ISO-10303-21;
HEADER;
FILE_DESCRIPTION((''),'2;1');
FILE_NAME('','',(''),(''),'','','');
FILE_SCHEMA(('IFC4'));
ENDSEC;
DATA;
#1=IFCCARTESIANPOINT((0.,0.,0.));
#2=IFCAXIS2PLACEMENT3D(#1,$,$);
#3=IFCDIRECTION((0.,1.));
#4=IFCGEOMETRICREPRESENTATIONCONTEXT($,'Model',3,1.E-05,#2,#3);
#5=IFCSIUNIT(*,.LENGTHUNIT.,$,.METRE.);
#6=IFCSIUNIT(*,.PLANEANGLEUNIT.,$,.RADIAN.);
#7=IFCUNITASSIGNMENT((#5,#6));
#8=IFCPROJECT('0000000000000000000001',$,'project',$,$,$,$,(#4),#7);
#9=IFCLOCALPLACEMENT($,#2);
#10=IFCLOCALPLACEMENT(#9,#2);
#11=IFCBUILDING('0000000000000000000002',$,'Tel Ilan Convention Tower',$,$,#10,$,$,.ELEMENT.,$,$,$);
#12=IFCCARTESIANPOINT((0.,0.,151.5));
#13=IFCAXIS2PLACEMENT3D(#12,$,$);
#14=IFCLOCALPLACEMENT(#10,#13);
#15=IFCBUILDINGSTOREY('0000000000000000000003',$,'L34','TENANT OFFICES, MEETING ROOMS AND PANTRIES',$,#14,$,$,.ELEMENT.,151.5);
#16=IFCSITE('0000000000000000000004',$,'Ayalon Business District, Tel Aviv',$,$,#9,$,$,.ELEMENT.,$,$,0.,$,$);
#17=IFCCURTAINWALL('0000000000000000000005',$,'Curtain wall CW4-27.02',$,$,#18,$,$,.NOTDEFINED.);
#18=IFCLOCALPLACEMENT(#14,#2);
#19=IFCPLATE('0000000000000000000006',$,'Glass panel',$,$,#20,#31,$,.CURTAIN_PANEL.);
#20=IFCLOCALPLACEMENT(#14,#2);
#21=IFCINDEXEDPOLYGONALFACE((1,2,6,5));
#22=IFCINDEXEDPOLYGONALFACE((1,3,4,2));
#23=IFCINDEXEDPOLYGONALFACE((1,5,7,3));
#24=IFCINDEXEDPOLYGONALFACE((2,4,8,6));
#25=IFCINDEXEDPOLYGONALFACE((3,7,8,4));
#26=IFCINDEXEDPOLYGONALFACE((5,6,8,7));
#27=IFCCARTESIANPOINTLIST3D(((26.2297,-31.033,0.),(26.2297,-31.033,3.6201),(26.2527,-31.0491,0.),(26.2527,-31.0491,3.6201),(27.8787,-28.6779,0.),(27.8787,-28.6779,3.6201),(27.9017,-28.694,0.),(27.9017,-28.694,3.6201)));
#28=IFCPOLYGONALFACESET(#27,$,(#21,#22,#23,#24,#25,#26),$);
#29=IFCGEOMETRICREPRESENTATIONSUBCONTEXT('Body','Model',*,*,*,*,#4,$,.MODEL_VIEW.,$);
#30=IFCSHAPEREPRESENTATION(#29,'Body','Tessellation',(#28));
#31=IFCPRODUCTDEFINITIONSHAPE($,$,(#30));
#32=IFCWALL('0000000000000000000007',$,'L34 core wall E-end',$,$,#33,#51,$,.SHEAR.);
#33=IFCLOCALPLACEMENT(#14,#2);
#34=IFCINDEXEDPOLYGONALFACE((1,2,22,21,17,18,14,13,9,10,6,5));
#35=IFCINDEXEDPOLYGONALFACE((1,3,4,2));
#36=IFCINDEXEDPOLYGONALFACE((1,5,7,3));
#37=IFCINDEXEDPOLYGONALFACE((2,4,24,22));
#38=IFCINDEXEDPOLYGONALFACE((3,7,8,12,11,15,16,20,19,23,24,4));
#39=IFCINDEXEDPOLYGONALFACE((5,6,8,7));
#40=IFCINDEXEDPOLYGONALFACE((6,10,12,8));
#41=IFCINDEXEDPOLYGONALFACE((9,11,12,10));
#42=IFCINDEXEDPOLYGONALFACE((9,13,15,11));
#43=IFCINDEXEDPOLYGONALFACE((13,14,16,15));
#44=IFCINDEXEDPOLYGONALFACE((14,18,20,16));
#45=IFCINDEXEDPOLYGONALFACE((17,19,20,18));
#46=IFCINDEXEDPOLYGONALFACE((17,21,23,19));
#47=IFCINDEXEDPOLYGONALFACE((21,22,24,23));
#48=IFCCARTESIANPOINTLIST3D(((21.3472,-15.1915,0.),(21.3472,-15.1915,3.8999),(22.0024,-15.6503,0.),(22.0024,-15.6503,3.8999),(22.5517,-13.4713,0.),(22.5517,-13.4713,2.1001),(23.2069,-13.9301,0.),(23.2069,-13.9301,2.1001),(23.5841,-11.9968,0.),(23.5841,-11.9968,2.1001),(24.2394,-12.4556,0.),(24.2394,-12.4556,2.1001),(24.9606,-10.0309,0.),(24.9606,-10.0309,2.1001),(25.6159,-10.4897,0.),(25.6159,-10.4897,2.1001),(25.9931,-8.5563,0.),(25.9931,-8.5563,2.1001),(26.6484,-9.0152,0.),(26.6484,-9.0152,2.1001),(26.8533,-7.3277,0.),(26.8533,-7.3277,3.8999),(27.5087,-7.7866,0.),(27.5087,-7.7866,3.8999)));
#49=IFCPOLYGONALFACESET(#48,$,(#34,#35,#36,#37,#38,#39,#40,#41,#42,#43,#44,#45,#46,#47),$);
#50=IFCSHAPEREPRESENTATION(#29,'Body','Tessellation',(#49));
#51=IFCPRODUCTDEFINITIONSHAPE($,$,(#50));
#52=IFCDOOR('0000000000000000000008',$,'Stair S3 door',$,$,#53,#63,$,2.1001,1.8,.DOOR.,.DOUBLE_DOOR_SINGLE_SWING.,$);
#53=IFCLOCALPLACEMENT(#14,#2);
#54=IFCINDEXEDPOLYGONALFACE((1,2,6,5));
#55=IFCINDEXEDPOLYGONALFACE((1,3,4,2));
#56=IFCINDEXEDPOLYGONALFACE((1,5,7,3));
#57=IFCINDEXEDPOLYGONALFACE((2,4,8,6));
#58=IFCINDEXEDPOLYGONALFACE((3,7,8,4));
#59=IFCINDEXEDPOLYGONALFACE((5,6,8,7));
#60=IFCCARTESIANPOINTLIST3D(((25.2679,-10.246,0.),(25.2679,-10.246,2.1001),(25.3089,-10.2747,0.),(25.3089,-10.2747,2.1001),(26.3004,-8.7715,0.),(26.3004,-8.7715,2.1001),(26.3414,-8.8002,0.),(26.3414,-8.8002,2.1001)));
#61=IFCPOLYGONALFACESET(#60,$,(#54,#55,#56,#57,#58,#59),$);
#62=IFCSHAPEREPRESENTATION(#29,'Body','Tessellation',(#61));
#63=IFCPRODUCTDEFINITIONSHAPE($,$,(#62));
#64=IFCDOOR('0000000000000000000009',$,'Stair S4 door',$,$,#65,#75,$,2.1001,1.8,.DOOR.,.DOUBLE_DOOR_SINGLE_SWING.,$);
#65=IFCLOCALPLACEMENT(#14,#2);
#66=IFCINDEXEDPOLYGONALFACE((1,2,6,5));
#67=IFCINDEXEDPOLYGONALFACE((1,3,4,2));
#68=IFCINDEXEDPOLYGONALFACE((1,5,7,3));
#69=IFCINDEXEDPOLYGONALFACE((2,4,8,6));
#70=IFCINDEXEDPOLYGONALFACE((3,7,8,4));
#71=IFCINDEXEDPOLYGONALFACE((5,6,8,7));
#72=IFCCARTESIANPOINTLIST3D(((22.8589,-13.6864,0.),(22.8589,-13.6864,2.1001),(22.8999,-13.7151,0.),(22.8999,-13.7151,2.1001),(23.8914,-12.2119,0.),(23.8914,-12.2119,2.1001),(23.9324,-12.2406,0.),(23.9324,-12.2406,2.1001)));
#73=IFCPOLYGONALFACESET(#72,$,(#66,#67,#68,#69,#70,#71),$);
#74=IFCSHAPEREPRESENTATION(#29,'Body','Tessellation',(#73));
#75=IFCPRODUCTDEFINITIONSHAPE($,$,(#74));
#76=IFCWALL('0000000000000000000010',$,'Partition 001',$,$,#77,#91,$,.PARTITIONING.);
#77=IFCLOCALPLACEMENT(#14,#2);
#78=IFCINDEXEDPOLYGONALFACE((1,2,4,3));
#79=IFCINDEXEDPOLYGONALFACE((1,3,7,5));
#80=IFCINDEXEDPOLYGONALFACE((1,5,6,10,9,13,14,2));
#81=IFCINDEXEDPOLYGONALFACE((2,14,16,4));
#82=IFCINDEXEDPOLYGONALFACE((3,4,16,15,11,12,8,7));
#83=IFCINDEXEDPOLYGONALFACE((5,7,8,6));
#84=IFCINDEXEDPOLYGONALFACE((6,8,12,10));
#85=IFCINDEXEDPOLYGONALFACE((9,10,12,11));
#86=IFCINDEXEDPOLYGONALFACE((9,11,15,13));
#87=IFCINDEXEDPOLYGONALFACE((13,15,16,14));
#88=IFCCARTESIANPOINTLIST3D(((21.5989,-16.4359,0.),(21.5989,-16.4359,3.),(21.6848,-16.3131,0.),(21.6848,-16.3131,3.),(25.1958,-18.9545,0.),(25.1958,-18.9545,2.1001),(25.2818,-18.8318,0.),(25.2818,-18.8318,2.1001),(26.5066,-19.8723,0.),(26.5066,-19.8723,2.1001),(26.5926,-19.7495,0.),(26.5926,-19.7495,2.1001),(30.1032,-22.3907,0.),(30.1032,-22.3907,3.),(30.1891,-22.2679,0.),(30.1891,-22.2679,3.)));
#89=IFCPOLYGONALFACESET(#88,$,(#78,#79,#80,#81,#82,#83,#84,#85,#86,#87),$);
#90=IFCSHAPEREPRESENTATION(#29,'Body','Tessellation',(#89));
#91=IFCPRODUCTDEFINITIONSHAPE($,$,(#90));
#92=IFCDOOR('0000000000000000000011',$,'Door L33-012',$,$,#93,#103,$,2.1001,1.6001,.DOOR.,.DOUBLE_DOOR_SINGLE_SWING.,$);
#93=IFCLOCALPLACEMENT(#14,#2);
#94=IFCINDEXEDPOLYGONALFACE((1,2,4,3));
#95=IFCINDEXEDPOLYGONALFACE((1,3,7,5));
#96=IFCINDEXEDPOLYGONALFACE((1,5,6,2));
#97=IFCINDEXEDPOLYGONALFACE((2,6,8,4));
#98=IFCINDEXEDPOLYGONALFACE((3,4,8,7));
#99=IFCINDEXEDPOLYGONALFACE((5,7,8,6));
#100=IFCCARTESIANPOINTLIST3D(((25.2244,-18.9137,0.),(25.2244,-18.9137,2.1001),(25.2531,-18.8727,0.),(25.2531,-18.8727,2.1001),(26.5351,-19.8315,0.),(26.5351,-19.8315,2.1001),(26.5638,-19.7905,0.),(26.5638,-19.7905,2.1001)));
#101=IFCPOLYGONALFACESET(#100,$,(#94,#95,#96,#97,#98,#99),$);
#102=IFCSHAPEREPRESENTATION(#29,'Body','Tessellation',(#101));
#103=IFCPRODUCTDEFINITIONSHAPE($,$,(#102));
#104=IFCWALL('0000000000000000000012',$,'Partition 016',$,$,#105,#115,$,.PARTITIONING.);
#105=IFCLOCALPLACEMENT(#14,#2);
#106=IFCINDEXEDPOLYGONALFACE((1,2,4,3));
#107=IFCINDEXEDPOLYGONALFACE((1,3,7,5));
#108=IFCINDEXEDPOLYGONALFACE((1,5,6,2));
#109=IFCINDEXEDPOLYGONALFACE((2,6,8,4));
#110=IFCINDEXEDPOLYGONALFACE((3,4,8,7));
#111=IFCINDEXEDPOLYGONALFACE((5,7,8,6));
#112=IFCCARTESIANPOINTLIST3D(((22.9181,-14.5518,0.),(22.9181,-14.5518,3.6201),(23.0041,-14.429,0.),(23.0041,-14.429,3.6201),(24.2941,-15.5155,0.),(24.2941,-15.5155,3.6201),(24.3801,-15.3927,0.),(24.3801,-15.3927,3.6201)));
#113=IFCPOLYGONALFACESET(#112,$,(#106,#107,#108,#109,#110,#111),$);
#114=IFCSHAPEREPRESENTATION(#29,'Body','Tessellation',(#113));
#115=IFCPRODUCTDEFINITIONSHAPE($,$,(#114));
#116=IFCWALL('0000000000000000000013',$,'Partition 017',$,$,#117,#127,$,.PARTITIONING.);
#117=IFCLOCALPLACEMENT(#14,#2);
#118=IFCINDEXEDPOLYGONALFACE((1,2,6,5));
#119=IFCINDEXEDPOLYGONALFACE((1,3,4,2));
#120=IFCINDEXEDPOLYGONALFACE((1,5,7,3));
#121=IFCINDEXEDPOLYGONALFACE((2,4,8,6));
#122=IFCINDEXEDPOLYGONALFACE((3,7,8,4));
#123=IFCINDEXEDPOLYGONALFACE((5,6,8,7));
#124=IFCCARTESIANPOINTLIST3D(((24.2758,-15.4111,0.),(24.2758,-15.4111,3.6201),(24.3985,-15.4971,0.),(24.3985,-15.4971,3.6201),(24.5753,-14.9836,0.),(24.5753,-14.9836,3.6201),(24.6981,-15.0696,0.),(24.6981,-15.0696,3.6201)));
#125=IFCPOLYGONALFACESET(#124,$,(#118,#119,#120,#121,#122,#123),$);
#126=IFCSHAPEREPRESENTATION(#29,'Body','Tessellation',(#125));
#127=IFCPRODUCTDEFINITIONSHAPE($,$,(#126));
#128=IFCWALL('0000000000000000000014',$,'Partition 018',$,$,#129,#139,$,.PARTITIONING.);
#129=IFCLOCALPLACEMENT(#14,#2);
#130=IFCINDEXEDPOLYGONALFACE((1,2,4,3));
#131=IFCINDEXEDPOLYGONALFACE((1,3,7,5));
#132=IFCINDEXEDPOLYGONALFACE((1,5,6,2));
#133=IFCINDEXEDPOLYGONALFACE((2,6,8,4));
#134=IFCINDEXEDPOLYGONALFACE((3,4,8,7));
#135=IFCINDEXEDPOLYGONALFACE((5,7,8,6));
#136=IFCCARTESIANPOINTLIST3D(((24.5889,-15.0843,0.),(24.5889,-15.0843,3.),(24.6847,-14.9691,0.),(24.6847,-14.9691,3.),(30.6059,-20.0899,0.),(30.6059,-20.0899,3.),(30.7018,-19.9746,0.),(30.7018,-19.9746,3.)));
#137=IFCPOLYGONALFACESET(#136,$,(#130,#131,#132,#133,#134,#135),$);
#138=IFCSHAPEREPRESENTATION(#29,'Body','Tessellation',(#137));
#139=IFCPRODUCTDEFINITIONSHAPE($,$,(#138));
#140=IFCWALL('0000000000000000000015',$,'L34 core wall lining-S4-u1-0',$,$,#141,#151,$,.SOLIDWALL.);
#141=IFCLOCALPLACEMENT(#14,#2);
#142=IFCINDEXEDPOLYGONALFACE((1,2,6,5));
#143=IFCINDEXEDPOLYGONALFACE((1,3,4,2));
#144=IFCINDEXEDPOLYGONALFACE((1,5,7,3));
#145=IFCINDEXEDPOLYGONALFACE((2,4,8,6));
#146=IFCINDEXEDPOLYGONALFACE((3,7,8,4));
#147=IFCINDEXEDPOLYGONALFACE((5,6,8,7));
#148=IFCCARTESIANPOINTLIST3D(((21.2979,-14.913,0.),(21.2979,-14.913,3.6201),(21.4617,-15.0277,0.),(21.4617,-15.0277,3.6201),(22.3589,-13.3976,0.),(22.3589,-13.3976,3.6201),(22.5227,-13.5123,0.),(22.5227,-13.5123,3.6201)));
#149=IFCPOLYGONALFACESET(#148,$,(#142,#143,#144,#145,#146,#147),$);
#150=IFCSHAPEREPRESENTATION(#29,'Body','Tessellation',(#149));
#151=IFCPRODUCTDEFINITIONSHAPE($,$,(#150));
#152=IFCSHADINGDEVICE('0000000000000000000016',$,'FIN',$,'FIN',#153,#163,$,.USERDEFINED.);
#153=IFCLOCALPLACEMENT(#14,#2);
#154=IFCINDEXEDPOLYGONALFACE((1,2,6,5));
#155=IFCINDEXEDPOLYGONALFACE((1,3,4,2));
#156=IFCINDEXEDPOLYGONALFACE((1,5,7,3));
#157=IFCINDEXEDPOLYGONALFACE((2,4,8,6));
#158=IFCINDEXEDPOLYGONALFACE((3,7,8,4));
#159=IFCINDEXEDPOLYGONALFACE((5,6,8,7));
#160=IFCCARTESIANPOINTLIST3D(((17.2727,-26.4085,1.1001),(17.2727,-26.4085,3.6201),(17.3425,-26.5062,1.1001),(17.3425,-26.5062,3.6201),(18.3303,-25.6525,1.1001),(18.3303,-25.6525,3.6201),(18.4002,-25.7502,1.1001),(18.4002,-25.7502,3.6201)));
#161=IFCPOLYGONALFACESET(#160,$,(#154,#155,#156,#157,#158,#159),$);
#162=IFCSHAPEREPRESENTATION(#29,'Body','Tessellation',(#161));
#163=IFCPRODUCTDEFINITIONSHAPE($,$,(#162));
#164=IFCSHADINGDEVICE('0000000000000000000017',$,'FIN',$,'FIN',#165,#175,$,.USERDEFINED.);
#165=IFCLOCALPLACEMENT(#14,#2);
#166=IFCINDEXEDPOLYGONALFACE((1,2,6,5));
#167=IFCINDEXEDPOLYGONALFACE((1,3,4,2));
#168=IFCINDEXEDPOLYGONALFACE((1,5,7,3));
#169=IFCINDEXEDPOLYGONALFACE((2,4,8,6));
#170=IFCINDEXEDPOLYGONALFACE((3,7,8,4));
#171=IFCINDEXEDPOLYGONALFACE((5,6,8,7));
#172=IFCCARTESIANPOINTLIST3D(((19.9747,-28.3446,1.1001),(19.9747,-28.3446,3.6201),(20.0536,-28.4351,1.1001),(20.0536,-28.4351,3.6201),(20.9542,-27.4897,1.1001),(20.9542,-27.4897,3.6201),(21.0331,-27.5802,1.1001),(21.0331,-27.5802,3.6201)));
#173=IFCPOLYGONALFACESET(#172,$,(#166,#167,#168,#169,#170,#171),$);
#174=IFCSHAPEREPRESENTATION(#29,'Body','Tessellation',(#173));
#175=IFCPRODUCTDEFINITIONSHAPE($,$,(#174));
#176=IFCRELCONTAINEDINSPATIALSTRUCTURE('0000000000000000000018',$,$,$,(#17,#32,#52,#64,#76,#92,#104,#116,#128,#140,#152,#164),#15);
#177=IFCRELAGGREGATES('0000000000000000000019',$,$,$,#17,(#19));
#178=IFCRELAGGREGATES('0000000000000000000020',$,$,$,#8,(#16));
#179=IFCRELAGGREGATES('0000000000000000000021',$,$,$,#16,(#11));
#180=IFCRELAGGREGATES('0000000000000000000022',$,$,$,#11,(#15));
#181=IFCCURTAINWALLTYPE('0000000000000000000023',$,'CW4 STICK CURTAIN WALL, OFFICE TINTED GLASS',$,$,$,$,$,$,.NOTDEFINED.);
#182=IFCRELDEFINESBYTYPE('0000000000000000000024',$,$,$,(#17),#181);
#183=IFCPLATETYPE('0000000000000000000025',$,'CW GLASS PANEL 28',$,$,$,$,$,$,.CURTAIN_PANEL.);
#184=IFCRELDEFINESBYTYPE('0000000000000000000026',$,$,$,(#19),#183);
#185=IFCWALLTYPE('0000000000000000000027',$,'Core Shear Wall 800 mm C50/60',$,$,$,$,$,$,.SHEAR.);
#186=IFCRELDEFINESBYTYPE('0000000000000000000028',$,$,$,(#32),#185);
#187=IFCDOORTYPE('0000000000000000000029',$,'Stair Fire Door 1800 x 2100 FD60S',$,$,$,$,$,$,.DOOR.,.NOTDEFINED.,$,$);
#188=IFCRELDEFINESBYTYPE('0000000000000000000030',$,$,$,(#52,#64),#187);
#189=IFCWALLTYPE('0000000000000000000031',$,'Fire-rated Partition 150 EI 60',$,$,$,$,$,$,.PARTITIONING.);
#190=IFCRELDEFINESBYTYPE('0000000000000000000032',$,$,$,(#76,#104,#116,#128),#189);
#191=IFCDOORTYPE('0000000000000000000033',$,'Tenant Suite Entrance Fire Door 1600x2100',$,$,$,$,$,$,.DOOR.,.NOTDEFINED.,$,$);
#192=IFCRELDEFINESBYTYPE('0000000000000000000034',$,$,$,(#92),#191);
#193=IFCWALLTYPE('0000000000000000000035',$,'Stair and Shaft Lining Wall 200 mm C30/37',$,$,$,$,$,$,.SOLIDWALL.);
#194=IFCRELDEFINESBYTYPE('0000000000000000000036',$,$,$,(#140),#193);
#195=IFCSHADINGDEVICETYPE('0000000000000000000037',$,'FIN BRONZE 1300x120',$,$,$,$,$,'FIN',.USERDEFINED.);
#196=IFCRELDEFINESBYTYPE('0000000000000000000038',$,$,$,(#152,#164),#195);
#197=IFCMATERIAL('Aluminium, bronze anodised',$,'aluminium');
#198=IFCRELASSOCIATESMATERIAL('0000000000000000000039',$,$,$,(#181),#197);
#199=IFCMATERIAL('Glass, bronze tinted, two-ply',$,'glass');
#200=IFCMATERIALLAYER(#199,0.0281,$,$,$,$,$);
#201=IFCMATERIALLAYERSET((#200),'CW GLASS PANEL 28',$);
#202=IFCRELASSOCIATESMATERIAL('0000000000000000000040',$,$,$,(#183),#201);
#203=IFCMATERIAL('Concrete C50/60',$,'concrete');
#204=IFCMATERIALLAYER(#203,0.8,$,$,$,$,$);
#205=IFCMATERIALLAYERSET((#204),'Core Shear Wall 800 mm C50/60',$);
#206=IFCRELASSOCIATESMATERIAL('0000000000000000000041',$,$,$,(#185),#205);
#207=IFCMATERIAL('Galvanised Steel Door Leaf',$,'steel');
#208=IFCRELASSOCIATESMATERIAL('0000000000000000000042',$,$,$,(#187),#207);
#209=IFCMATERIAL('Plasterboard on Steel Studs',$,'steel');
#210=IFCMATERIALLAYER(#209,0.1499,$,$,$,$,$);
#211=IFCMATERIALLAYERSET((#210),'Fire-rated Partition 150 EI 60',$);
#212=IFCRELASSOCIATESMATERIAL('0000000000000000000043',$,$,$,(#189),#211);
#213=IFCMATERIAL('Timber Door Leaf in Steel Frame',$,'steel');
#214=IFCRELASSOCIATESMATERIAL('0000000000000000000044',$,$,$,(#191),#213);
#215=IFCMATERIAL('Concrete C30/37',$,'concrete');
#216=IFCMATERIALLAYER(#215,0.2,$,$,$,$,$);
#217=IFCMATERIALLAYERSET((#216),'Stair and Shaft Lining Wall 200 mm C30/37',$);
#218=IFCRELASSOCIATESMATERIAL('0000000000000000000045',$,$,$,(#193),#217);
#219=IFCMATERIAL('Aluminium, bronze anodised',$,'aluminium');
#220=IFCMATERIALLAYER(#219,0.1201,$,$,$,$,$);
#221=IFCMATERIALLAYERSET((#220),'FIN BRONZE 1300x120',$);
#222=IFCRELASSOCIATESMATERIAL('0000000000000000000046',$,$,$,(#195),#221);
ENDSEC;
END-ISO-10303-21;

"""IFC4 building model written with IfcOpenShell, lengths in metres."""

from ifc_helpers import new_model, si_unit, direction, frame, frame_2d, origin, origin_2d, place, context, subcontext, project, spatial, polyline, rectangle, outline, extrude, material, layer, layer_set, type_object, element, fill, aggregate, save


model = new_model("IFC4")

# Units and contexts
model_context = context("Model", 3, precision=1e-05, world=origin(), true_north=direction((0.0, 1.0)))
body_context = subcontext(model_context, "Body", "Model", "MODEL_VIEW")
ifc_project = project(units=[si_unit("LENGTHUNIT", "METRE"), si_unit("PLANEANGLEUNIT", "RADIAN")], contexts=[model_context])

# Site, building, storey
site_placement = place(None, origin())
site = spatial("IfcSite", under=ifc_project, at=site_placement, Name="Ayalon Business District, Tel Aviv", CompositionType="ELEMENT", RefElevation=0.0)
building_placement = place(site_placement, origin())
building = spatial("IfcBuilding", under=site, at=building_placement, Name="Tel Ilan Convention Tower", CompositionType="ELEMENT")
storey_placement = place(building_placement, frame((0.0, 0.0, 151.5)))
storey = spatial("IfcBuildingStorey", under=building, at=storey_placement, Name="L34", Description="TENANT OFFICES, MEETING ROOMS AND PANTRIES", CompositionType="ELEMENT", Elevation=151.5)

# Curtain wall, plate
ifc_material_1 = material(Name="Aluminium, bronze anodised", Category="aluminium")
curtain_wall_type = type_object("IfcCurtainWallType", Name="CW4 STICK CURTAIN WALL, OFFICE TINTED GLASS", PredefinedType="NOTDEFINED", material=ifc_material_1)
curtain_wall_placement = place(storey_placement, origin())
curtain_wall = element("IfcCurtainWall", 1, at=curtain_wall_placement, inside=storey, type_object=curtain_wall_type, Name="Curtain wall CW4-27.02", PredefinedType="NOTDEFINED")
ifc_material_2 = material(Name="Glass, bronze tinted, two-ply", Category="glass")
ifc_layer_1 = layer(ifc_material_2, 0.0281)
ifc_layer_set_1 = layer_set([ifc_layer_1], Name="CW GLASS PANEL 28")
plate_type = type_object("IfcPlateType", Name="CW GLASS PANEL 28", PredefinedType="CURTAIN_PANEL", material=ifc_layer_set_1)
plate_1_placement = place(storey_placement, frame((27.0657, -29.8635, 0.0), z_axis=(0.0, 0.0, 1.0), x_axis=(0.573576, 0.819152, 0.0)))
plate_1 = element("IfcPlate", 2, at=plate_1_placement, type_object=plate_type, Name="Glass panel", PredefinedType="CURTAIN_PANEL", context=body_context, shape_type="SweptSolid", body=[
    extrude(rectangle(XDim=2.875, YDim=0.0281, at=origin_2d()), origin(), (0.0, 0.0, 1.0), 3.6201),
])
aggregate(curtain_wall, [plate_1])

# Wall, openings, doors
ifc_material_3 = material(Name="Concrete C50/60", Category="concrete")
ifc_layer_2 = layer(ifc_material_3, 0.8)
ifc_layer_set_2 = layer_set([ifc_layer_2], Name="Core Shear Wall 800 mm C50/60")
wall_type_1 = type_object("IfcWallType", Name="Core Shear Wall 800 mm C50/60", PredefinedType="SHEAR", material=ifc_layer_set_2)
wall_1_placement = place(storey_placement, frame((21.6748, -15.4209, 0.0), z_axis=(0.0, 0.0, 1.0), x_axis=(0.573582, 0.819148, 0.0)))
wall_1 = element("IfcWall", 3, at=wall_1_placement, inside=storey, type_object=wall_type_1, Name="L34 core wall E-end", PredefinedType="SHEAR", context=body_context, shape_type="SweptSolid", body=[
    extrude(outline(polyline([(9.5999, 0.4001), (0.0, 0.3999), (0.0, -0.3999), (9.5999, -0.3999), (9.5999, 0.4001)])), origin(), (0.0, 0.0, 1.0), 3.8999),
])
opening_1_placement = place(wall_1_placement, frame((6.3, 0.0, 0.0)))
opening_1 = element("IfcOpeningElement", 4, at=opening_1_placement, cuts=wall_1, PredefinedType="OPENING", context=body_context, shape_type="SweptSolid", body=[
    extrude(rectangle(XDim=1.8, YDim=2.1001, at=frame_2d((0.8999, 1.05))), frame((0.0, 0.4099, 0.0), z_axis=(0.0, -1.0, 0.0), x_axis=(1.0, 0.0, 0.0)), (0.0, 0.0, 1.0), 0.8201),
])
opening_2_placement = place(wall_1_placement, frame((2.1001, 0.0, 0.0)))
opening_2 = element("IfcOpeningElement", 5, at=opening_2_placement, cuts=wall_1, PredefinedType="OPENING", context=body_context, shape_type="SweptSolid", body=[
    extrude(rectangle(XDim=1.8, YDim=2.1001, at=frame_2d((0.8999, 1.05))), frame((0.0, 0.4099, 0.0), z_axis=(0.0, -1.0, 0.0), x_axis=(1.0, 0.0, 0.0)), (0.0, 0.0, 1.0), 0.8201),
])
ifc_material_4 = material(Name="Galvanised Steel Door Leaf", Category="steel")
door_type_1 = type_object("IfcDoorType", Name="Stair Fire Door 1800 x 2100 FD60S", OperationType="NOTDEFINED", PredefinedType="DOOR", material=ifc_material_4)
door_1_placement = place(opening_1_placement, origin())
door_1 = element("IfcDoor", 6, at=door_1_placement, inside=storey, type_object=door_type_1, Name="Stair S3 door", OperationType="DOUBLE_DOOR_SINGLE_SWING", OverallHeight=2.1001, OverallWidth=1.8, PredefinedType="DOOR", context=body_context, shape_type="SweptSolid", body=[
    extrude(rectangle(XDim=1.8, YDim=2.1001, at=frame_2d((0.8999, 1.05))), frame((0.0, 0.0249, 0.0), z_axis=(0.0, -1.0, 0.0), x_axis=(1.0, 0.0, 0.0)), (0.0, 0.0, 1.0), 0.05),
])
fill(opening_1, door_1)
door_2_placement = place(opening_2_placement, origin())
door_2 = element("IfcDoor", 7, at=door_2_placement, inside=storey, type_object=door_type_1, Name="Stair S4 door", OperationType="DOUBLE_DOOR_SINGLE_SWING", OverallHeight=2.1001, OverallWidth=1.8, PredefinedType="DOOR", context=body_context, shape_type="SweptSolid", body=[
    extrude(rectangle(XDim=1.8, YDim=2.1001, at=frame_2d((0.8999, 1.05))), frame((0.0, 0.0249, 0.0), z_axis=(0.0, -1.0, 0.0), x_axis=(1.0, 0.0, 0.0)), (0.0, 0.0, 1.0), 0.05),
])
fill(opening_2, door_2)

# Wall, opening, door
ifc_material_5 = material(Name="Plasterboard on Steel Studs", Category="steel")
ifc_layer_3 = layer(ifc_material_5, 0.1499)
ifc_layer_set_3 = layer_set([ifc_layer_3], Name="Fire-rated Partition 150 EI 60")
wall_type_2 = type_object("IfcWallType", Name="Fire-rated Partition 150 EI 60", PredefinedType="PARTITIONING", material=ifc_layer_set_3)
wall_2_placement = place(storey_placement, frame((21.6418, -16.3745, 0.0), z_axis=(0.0, 0.0, 1.0), x_axis=(0.819152, -0.573576, 0.0)))
wall_2 = element("IfcWall", 8, at=wall_2_placement, inside=storey, type_object=wall_type_2, Name="Partition 001", PredefinedType="PARTITIONING", context=body_context, shape_type="SweptSolid", body=[
    extrude(rectangle(XDim=10.3818, YDim=0.1499, at=frame_2d((5.1909, 0.0))), origin(), (0.0, 0.0, 1.0), 3.0),
])
opening_3_placement = place(wall_2_placement, frame((4.3911, 0.0, 0.0)))
opening_3 = element("IfcOpeningElement", 9, at=opening_3_placement, cuts=wall_2, PredefinedType="OPENING", context=body_context, shape_type="SweptSolid", body=[
    extrude(rectangle(XDim=1.6001, YDim=2.1001, at=frame_2d((0.8, 1.05))), frame((0.0, 0.085, 0.0), z_axis=(0.0, -1.0, 0.0), x_axis=(1.0, 0.0, 0.0)), (0.0, 0.0, 1.0), 0.1699),
])
ifc_material_6 = material(Name="Timber Door Leaf in Steel Frame", Category="steel")
door_type_2 = type_object("IfcDoorType", Name="Tenant Suite Entrance Fire Door 1600x2100", OperationType="NOTDEFINED", PredefinedType="DOOR", material=ifc_material_6)
door_3_placement = place(opening_3_placement, origin())
door_3 = element("IfcDoor", 10, at=door_3_placement, inside=storey, type_object=door_type_2, Name="Door L33-012", OperationType="DOUBLE_DOOR_SINGLE_SWING", OverallHeight=2.1001, OverallWidth=1.6001, PredefinedType="DOOR", context=body_context, shape_type="SweptSolid", body=[
    extrude(rectangle(XDim=1.6001, YDim=2.1001, at=frame_2d((0.8, 1.05))), frame((0.0, 0.0249, 0.0), z_axis=(0.0, -1.0, 0.0), x_axis=(1.0, 0.0, 0.0)), (0.0, 0.0, 1.0), 0.05),
])
fill(opening_3, door_3)

# Walls
wall_3_placement = place(storey_placement, frame((22.9612, -14.4905, 0.0), z_axis=(0.0, 0.0, 1.0), x_axis=(0.819109, -0.573638, 0.0)))
element("IfcWall", 11, at=wall_3_placement, inside=storey, type_object=wall_type_2, Name="Partition 016", PredefinedType="PARTITIONING", context=body_context, shape_type="SweptSolid", body=[
    extrude(rectangle(XDim=1.6799, YDim=0.1499, at=frame_2d((0.8398, 0.0))), origin(), (0.0, 0.0, 1.0), 3.6201),
])
wall_4_placement = place(storey_placement, frame((24.3372, -15.4541, 0.0), z_axis=(0.0, 0.0, 1.0), x_axis=(0.57387, 0.818946, 0.0)))
element("IfcWall", 12, at=wall_4_placement, inside=storey, type_object=wall_type_2, Name="Partition 017", PredefinedType="PARTITIONING", context=body_context, shape_type="SweptSolid", body=[
    extrude(rectangle(XDim=0.522, YDim=0.1499, at=frame_2d((0.261, 0.0))), origin(), (0.0, 0.0, 1.0), 3.6201),
])
wall_5_placement = place(storey_placement, frame((24.6367, -15.0266, 0.0), z_axis=(0.0, 0.0, 1.0), x_axis=(0.768763, -0.639534, 0.0)))
element("IfcWall", 13, at=wall_5_placement, inside=storey, type_object=wall_type_2, Name="Partition 018", PredefinedType="PARTITIONING", context=body_context, shape_type="SweptSolid", body=[
    extrude(rectangle(XDim=7.8269, YDim=0.1499, at=frame_2d((3.9136, 0.0))), origin(), (0.0, 0.0, 1.0), 3.0),
])
ifc_material_7 = material(Name="Concrete C30/37", Category="concrete")
ifc_layer_4 = layer(ifc_material_7, 0.2)
ifc_layer_set_4 = layer_set([ifc_layer_4], Name="Stair and Shaft Lining Wall 200 mm C30/37")
wall_type_3 = type_object("IfcWallType", Name="Stair and Shaft Lining Wall 200 mm C30/37", PredefinedType="SOLIDWALL", material=ifc_layer_set_4)
wall_6_placement = place(storey_placement, frame((21.3799, -14.9702, 0.0), z_axis=(0.0, 0.0, 1.0), x_axis=(0.57356, 0.819164, 0.0)))
element("IfcWall", 14, at=wall_6_placement, inside=storey, type_object=wall_type_3, Name="L34 core wall lining-S4-u1-0", PredefinedType="SOLIDWALL", context=body_context, shape_type="SweptSolid", body=[
    extrude(rectangle(XDim=1.8499, YDim=0.2, at=frame_2d((0.9248, 0.0))), origin(), (0.0, 0.0, 1.0), 3.6201),
])

# Shading devices
ifc_material_8 = material(Name="Aluminium, bronze anodised", Category="aluminium")
ifc_layer_5 = layer(ifc_material_8, 0.1201)
ifc_layer_set_5 = layer_set([ifc_layer_5], Name="FIN BRONZE 1300x120")
shading_device_type = type_object("IfcShadingDeviceType", Name="FIN BRONZE 1300x120", ElementType="FIN", PredefinedType="USERDEFINED", material=ifc_layer_set_5)
for number, where, z_axis, x_axis, name in (
    (15, (17.8364, -26.0793, 1.1001), (0.0, 0.0, 1.0), (-0.813552, -0.581492, 0.0), "FIN"),
    (16, (20.5039, -27.9624, 1.1001), (0.0, 0.0, 1.0), (-0.753436, -0.657521, 0.0), "FIN"),
):
    element("IfcShadingDevice", number, at=place(storey_placement, frame(where, z_axis=z_axis, x_axis=x_axis)), inside=storey, type_object=shading_device_type, Name=name, ObjectType="FIN", PredefinedType="USERDEFINED", context=body_context, shape_type="SweptSolid", body=[
        extrude(rectangle(XDim=1.3, YDim=0.1201, at=origin_2d()), origin(), (0.0, 0.0, 1.0), 2.52),
    ])

save(model, "model.ifc")
